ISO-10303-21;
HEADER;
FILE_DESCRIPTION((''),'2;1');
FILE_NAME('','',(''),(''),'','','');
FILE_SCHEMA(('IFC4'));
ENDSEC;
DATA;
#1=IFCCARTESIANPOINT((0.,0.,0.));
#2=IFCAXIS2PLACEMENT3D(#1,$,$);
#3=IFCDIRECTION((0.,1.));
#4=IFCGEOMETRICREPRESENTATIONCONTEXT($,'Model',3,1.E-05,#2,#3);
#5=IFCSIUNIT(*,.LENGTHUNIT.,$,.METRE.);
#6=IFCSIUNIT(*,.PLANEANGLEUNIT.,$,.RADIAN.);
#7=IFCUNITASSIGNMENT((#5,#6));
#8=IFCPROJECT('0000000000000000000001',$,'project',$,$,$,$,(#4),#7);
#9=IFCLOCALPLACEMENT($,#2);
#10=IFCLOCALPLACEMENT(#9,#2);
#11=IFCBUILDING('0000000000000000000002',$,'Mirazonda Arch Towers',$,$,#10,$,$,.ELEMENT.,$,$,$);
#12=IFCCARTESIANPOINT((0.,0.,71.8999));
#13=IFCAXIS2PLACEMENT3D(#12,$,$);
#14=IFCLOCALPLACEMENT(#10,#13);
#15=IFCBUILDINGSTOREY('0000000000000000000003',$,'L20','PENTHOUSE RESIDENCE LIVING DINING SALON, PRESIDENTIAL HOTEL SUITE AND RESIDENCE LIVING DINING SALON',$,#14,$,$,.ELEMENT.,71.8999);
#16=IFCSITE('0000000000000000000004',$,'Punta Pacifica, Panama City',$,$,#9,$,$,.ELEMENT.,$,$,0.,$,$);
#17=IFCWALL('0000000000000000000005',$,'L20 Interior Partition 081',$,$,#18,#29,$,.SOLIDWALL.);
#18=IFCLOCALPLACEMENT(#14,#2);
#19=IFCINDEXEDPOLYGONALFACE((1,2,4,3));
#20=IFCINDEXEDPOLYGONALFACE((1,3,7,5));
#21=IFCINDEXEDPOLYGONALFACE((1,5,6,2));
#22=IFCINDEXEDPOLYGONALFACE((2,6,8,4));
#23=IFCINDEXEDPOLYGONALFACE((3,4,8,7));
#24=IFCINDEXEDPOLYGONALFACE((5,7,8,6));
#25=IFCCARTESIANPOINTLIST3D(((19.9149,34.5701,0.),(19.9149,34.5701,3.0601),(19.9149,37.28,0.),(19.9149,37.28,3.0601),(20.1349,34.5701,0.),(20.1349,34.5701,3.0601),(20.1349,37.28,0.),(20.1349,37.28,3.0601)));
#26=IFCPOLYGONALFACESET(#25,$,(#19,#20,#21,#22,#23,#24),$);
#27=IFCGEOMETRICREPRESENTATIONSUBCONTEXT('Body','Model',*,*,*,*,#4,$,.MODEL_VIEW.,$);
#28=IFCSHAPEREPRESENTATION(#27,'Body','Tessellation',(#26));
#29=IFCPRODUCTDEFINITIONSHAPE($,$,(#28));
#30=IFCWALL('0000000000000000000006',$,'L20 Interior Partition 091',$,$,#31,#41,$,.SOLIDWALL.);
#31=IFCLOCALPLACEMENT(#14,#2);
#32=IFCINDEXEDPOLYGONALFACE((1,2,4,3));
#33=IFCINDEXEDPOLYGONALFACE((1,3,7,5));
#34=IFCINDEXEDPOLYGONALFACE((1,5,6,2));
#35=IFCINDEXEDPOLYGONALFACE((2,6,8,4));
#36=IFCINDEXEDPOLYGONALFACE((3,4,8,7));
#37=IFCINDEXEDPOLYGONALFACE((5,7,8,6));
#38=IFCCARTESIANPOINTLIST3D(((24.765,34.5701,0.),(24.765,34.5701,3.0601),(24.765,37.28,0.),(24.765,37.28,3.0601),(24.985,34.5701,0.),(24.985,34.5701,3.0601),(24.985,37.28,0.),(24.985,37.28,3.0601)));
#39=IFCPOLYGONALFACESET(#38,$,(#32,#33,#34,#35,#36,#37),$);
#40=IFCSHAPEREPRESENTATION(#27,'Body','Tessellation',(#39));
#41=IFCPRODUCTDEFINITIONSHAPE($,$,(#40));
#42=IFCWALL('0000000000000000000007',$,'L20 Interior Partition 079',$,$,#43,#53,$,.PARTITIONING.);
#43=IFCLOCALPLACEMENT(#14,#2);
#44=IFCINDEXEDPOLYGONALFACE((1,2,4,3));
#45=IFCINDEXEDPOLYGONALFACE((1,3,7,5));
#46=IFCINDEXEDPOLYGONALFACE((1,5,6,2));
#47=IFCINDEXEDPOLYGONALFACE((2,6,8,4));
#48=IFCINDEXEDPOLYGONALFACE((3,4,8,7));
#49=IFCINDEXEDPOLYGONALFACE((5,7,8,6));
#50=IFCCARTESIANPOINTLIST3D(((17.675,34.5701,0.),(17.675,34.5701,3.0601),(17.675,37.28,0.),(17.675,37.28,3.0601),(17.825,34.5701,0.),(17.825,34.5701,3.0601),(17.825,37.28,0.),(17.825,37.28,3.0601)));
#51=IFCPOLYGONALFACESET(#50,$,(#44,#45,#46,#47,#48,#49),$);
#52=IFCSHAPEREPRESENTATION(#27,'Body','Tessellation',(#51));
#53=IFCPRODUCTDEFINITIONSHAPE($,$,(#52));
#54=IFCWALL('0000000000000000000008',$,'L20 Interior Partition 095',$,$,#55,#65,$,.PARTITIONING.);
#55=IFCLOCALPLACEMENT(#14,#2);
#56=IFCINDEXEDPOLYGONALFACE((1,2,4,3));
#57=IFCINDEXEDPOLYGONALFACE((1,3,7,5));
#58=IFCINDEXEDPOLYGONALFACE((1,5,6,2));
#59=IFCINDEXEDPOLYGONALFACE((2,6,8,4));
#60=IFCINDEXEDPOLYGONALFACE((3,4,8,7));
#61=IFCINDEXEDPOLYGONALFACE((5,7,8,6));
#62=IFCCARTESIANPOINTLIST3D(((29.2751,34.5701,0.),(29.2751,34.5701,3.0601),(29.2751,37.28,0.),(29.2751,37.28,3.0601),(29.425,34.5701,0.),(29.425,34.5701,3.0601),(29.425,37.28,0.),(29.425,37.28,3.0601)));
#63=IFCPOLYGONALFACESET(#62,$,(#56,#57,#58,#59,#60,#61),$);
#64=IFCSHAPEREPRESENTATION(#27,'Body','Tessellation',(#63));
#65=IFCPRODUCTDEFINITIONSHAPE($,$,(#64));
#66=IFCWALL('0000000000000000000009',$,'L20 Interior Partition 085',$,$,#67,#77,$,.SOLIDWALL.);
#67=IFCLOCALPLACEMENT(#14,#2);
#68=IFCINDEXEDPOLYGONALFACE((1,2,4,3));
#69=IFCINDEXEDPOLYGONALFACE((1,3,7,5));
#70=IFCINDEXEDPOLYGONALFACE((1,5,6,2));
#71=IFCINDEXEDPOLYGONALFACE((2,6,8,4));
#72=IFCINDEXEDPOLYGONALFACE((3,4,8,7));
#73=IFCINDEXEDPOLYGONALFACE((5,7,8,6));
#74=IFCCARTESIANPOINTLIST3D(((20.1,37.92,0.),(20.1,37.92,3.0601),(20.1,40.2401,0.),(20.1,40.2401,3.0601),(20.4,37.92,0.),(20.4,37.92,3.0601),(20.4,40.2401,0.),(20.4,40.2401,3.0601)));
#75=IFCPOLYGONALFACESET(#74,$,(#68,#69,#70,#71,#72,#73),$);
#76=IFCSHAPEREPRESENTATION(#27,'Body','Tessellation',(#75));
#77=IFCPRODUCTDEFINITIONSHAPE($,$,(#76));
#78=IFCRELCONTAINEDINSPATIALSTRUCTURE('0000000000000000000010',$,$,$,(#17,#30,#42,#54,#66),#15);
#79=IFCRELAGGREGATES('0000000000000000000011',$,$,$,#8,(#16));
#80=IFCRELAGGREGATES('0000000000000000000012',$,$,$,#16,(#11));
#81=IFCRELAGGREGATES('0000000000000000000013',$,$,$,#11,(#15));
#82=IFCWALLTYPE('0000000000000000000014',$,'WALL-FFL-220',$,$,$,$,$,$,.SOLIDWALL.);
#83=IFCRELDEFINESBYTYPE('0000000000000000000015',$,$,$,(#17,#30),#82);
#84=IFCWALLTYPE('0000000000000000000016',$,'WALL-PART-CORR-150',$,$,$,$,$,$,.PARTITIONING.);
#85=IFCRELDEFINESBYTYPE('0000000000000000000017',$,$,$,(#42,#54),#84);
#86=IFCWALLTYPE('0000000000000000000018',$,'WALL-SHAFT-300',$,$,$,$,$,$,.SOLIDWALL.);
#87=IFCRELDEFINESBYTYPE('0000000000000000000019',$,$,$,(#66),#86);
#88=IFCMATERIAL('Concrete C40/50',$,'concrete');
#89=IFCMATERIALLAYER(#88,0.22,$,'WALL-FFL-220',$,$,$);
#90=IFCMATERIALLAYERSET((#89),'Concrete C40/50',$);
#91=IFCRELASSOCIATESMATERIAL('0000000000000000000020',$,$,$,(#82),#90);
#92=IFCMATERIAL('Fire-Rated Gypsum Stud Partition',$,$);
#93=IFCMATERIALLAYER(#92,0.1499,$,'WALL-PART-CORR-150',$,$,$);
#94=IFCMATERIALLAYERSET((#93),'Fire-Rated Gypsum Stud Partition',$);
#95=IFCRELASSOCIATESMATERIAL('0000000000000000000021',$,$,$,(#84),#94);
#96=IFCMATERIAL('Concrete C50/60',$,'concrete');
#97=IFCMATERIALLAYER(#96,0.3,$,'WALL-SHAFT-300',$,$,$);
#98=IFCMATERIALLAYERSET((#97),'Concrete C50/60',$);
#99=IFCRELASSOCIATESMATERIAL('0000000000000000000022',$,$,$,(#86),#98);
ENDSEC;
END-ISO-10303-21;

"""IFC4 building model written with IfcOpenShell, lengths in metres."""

from ifc_helpers import new_model, si_unit, direction, frame, frame_2d, origin, place, context, subcontext, project, spatial, rectangle, extrude, material, layer, layer_set, type_object, element, save


model = new_model("IFC4")

# Units and contexts
model_context = context("Model", 3, precision=1e-05, world=origin(), true_north=direction((0.0, 1.0)))
body_context = subcontext(model_context, "Body", "Model", "MODEL_VIEW")
ifc_project = project(units=[si_unit("LENGTHUNIT", "METRE"), si_unit("PLANEANGLEUNIT", "RADIAN")], contexts=[model_context])

# Site, building, storey
site_placement = place(None, origin())
site = spatial("IfcSite", under=ifc_project, at=site_placement, Name="Punta Pacifica, Panama City", CompositionType="ELEMENT", RefElevation=0.0)
building_placement = place(site_placement, origin())
building = spatial("IfcBuilding", under=site, at=building_placement, Name="Mirazonda Arch Towers", CompositionType="ELEMENT")
storey_placement = place(building_placement, frame((0.0, 0.0, 71.8999)))
storey = spatial("IfcBuildingStorey", under=building, at=storey_placement, Name="L20", Description="PENTHOUSE RESIDENCE LIVING DINING SALON, PRESIDENTIAL HOTEL SUITE AND RESIDENCE LIVING DINING SALON", CompositionType="ELEMENT", Elevation=71.8999)

# Walls
ifc_material_1 = material(Name="Concrete C40/50", Category="concrete")
ifc_layer_1 = layer(ifc_material_1, 0.22, Name="WALL-FFL-220")
ifc_layer_set_1 = layer_set([ifc_layer_1], Name="Concrete C40/50")
wall_type_1 = type_object("IfcWallType", Name="WALL-FFL-220", PredefinedType="SOLIDWALL", material=ifc_layer_set_1)
for number, where, z_axis, x_axis, name in (
    (1, (20.0249, 34.5701, 0.0), (0.0, 0.0, 1.0), (0.0, 1.0, 0.0), "L20 Interior Partition 081"),
    (2, (24.875, 34.5701, 0.0), (0.0, 0.0, 1.0), (0.0, 1.0, 0.0), "L20 Interior Partition 091"),
):
    element("IfcWall", number, at=place(storey_placement, frame(where, z_axis=z_axis, x_axis=x_axis)), inside=storey, type_object=wall_type_1, Name=name, PredefinedType="SOLIDWALL", context=body_context, shape_type="SweptSolid", body=[
        extrude(rectangle(XDim=2.71, YDim=0.22, at=frame_2d((1.355, 0.0))), origin(), (0.0, 0.0, 1.0), 3.0601),
    ])
ifc_material_2 = material(Name="Fire-Rated Gypsum Stud Partition")
ifc_layer_2 = layer(ifc_material_2, 0.1499, Name="WALL-PART-CORR-150")
ifc_layer_set_2 = layer_set([ifc_layer_2], Name="Fire-Rated Gypsum Stud Partition")
wall_type_2 = type_object("IfcWallType", Name="WALL-PART-CORR-150", PredefinedType="PARTITIONING", material=ifc_layer_set_2)
for number, where, z_axis, x_axis, name in (
    (3, (17.75, 34.5701, 0.0), (0.0, 0.0, 1.0), (0.0, 1.0, 0.0), "L20 Interior Partition 079"),
    (4, (29.3501, 34.5701, 0.0), (0.0, 0.0, 1.0), (0.0, 1.0, 0.0), "L20 Interior Partition 095"),
):
    element("IfcWall", number, at=place(storey_placement, frame(where, z_axis=z_axis, x_axis=x_axis)), inside=storey, type_object=wall_type_2, Name=name, PredefinedType="PARTITIONING", context=body_context, shape_type="SweptSolid", body=[
        extrude(rectangle(XDim=2.71, YDim=0.1499, at=frame_2d((1.355, 0.0))), origin(), (0.0, 0.0, 1.0), 3.0601),
    ])
ifc_material_3 = material(Name="Concrete C50/60", Category="concrete")
ifc_layer_3 = layer(ifc_material_3, 0.3, Name="WALL-SHAFT-300")
ifc_layer_set_3 = layer_set([ifc_layer_3], Name="Concrete C50/60")
wall_type_3 = type_object("IfcWallType", Name="WALL-SHAFT-300", PredefinedType="SOLIDWALL", material=ifc_layer_set_3)
wall_1_placement = place(storey_placement, frame((20.25, 37.9199, 0.0), z_axis=(0.0, 0.0, 1.0), x_axis=(0.0, 1.0, 0.0)))
element("IfcWall", 5, at=wall_1_placement, inside=storey, type_object=wall_type_3, Name="L20 Interior Partition 085", PredefinedType="SOLIDWALL", context=body_context, shape_type="SweptSolid", body=[
    extrude(rectangle(XDim=2.3201, YDim=0.3, at=frame_2d((1.1602, 0.0))), origin(), (0.0, 0.0, 1.0), 3.0601),
])

save(model, "model.ifc")
